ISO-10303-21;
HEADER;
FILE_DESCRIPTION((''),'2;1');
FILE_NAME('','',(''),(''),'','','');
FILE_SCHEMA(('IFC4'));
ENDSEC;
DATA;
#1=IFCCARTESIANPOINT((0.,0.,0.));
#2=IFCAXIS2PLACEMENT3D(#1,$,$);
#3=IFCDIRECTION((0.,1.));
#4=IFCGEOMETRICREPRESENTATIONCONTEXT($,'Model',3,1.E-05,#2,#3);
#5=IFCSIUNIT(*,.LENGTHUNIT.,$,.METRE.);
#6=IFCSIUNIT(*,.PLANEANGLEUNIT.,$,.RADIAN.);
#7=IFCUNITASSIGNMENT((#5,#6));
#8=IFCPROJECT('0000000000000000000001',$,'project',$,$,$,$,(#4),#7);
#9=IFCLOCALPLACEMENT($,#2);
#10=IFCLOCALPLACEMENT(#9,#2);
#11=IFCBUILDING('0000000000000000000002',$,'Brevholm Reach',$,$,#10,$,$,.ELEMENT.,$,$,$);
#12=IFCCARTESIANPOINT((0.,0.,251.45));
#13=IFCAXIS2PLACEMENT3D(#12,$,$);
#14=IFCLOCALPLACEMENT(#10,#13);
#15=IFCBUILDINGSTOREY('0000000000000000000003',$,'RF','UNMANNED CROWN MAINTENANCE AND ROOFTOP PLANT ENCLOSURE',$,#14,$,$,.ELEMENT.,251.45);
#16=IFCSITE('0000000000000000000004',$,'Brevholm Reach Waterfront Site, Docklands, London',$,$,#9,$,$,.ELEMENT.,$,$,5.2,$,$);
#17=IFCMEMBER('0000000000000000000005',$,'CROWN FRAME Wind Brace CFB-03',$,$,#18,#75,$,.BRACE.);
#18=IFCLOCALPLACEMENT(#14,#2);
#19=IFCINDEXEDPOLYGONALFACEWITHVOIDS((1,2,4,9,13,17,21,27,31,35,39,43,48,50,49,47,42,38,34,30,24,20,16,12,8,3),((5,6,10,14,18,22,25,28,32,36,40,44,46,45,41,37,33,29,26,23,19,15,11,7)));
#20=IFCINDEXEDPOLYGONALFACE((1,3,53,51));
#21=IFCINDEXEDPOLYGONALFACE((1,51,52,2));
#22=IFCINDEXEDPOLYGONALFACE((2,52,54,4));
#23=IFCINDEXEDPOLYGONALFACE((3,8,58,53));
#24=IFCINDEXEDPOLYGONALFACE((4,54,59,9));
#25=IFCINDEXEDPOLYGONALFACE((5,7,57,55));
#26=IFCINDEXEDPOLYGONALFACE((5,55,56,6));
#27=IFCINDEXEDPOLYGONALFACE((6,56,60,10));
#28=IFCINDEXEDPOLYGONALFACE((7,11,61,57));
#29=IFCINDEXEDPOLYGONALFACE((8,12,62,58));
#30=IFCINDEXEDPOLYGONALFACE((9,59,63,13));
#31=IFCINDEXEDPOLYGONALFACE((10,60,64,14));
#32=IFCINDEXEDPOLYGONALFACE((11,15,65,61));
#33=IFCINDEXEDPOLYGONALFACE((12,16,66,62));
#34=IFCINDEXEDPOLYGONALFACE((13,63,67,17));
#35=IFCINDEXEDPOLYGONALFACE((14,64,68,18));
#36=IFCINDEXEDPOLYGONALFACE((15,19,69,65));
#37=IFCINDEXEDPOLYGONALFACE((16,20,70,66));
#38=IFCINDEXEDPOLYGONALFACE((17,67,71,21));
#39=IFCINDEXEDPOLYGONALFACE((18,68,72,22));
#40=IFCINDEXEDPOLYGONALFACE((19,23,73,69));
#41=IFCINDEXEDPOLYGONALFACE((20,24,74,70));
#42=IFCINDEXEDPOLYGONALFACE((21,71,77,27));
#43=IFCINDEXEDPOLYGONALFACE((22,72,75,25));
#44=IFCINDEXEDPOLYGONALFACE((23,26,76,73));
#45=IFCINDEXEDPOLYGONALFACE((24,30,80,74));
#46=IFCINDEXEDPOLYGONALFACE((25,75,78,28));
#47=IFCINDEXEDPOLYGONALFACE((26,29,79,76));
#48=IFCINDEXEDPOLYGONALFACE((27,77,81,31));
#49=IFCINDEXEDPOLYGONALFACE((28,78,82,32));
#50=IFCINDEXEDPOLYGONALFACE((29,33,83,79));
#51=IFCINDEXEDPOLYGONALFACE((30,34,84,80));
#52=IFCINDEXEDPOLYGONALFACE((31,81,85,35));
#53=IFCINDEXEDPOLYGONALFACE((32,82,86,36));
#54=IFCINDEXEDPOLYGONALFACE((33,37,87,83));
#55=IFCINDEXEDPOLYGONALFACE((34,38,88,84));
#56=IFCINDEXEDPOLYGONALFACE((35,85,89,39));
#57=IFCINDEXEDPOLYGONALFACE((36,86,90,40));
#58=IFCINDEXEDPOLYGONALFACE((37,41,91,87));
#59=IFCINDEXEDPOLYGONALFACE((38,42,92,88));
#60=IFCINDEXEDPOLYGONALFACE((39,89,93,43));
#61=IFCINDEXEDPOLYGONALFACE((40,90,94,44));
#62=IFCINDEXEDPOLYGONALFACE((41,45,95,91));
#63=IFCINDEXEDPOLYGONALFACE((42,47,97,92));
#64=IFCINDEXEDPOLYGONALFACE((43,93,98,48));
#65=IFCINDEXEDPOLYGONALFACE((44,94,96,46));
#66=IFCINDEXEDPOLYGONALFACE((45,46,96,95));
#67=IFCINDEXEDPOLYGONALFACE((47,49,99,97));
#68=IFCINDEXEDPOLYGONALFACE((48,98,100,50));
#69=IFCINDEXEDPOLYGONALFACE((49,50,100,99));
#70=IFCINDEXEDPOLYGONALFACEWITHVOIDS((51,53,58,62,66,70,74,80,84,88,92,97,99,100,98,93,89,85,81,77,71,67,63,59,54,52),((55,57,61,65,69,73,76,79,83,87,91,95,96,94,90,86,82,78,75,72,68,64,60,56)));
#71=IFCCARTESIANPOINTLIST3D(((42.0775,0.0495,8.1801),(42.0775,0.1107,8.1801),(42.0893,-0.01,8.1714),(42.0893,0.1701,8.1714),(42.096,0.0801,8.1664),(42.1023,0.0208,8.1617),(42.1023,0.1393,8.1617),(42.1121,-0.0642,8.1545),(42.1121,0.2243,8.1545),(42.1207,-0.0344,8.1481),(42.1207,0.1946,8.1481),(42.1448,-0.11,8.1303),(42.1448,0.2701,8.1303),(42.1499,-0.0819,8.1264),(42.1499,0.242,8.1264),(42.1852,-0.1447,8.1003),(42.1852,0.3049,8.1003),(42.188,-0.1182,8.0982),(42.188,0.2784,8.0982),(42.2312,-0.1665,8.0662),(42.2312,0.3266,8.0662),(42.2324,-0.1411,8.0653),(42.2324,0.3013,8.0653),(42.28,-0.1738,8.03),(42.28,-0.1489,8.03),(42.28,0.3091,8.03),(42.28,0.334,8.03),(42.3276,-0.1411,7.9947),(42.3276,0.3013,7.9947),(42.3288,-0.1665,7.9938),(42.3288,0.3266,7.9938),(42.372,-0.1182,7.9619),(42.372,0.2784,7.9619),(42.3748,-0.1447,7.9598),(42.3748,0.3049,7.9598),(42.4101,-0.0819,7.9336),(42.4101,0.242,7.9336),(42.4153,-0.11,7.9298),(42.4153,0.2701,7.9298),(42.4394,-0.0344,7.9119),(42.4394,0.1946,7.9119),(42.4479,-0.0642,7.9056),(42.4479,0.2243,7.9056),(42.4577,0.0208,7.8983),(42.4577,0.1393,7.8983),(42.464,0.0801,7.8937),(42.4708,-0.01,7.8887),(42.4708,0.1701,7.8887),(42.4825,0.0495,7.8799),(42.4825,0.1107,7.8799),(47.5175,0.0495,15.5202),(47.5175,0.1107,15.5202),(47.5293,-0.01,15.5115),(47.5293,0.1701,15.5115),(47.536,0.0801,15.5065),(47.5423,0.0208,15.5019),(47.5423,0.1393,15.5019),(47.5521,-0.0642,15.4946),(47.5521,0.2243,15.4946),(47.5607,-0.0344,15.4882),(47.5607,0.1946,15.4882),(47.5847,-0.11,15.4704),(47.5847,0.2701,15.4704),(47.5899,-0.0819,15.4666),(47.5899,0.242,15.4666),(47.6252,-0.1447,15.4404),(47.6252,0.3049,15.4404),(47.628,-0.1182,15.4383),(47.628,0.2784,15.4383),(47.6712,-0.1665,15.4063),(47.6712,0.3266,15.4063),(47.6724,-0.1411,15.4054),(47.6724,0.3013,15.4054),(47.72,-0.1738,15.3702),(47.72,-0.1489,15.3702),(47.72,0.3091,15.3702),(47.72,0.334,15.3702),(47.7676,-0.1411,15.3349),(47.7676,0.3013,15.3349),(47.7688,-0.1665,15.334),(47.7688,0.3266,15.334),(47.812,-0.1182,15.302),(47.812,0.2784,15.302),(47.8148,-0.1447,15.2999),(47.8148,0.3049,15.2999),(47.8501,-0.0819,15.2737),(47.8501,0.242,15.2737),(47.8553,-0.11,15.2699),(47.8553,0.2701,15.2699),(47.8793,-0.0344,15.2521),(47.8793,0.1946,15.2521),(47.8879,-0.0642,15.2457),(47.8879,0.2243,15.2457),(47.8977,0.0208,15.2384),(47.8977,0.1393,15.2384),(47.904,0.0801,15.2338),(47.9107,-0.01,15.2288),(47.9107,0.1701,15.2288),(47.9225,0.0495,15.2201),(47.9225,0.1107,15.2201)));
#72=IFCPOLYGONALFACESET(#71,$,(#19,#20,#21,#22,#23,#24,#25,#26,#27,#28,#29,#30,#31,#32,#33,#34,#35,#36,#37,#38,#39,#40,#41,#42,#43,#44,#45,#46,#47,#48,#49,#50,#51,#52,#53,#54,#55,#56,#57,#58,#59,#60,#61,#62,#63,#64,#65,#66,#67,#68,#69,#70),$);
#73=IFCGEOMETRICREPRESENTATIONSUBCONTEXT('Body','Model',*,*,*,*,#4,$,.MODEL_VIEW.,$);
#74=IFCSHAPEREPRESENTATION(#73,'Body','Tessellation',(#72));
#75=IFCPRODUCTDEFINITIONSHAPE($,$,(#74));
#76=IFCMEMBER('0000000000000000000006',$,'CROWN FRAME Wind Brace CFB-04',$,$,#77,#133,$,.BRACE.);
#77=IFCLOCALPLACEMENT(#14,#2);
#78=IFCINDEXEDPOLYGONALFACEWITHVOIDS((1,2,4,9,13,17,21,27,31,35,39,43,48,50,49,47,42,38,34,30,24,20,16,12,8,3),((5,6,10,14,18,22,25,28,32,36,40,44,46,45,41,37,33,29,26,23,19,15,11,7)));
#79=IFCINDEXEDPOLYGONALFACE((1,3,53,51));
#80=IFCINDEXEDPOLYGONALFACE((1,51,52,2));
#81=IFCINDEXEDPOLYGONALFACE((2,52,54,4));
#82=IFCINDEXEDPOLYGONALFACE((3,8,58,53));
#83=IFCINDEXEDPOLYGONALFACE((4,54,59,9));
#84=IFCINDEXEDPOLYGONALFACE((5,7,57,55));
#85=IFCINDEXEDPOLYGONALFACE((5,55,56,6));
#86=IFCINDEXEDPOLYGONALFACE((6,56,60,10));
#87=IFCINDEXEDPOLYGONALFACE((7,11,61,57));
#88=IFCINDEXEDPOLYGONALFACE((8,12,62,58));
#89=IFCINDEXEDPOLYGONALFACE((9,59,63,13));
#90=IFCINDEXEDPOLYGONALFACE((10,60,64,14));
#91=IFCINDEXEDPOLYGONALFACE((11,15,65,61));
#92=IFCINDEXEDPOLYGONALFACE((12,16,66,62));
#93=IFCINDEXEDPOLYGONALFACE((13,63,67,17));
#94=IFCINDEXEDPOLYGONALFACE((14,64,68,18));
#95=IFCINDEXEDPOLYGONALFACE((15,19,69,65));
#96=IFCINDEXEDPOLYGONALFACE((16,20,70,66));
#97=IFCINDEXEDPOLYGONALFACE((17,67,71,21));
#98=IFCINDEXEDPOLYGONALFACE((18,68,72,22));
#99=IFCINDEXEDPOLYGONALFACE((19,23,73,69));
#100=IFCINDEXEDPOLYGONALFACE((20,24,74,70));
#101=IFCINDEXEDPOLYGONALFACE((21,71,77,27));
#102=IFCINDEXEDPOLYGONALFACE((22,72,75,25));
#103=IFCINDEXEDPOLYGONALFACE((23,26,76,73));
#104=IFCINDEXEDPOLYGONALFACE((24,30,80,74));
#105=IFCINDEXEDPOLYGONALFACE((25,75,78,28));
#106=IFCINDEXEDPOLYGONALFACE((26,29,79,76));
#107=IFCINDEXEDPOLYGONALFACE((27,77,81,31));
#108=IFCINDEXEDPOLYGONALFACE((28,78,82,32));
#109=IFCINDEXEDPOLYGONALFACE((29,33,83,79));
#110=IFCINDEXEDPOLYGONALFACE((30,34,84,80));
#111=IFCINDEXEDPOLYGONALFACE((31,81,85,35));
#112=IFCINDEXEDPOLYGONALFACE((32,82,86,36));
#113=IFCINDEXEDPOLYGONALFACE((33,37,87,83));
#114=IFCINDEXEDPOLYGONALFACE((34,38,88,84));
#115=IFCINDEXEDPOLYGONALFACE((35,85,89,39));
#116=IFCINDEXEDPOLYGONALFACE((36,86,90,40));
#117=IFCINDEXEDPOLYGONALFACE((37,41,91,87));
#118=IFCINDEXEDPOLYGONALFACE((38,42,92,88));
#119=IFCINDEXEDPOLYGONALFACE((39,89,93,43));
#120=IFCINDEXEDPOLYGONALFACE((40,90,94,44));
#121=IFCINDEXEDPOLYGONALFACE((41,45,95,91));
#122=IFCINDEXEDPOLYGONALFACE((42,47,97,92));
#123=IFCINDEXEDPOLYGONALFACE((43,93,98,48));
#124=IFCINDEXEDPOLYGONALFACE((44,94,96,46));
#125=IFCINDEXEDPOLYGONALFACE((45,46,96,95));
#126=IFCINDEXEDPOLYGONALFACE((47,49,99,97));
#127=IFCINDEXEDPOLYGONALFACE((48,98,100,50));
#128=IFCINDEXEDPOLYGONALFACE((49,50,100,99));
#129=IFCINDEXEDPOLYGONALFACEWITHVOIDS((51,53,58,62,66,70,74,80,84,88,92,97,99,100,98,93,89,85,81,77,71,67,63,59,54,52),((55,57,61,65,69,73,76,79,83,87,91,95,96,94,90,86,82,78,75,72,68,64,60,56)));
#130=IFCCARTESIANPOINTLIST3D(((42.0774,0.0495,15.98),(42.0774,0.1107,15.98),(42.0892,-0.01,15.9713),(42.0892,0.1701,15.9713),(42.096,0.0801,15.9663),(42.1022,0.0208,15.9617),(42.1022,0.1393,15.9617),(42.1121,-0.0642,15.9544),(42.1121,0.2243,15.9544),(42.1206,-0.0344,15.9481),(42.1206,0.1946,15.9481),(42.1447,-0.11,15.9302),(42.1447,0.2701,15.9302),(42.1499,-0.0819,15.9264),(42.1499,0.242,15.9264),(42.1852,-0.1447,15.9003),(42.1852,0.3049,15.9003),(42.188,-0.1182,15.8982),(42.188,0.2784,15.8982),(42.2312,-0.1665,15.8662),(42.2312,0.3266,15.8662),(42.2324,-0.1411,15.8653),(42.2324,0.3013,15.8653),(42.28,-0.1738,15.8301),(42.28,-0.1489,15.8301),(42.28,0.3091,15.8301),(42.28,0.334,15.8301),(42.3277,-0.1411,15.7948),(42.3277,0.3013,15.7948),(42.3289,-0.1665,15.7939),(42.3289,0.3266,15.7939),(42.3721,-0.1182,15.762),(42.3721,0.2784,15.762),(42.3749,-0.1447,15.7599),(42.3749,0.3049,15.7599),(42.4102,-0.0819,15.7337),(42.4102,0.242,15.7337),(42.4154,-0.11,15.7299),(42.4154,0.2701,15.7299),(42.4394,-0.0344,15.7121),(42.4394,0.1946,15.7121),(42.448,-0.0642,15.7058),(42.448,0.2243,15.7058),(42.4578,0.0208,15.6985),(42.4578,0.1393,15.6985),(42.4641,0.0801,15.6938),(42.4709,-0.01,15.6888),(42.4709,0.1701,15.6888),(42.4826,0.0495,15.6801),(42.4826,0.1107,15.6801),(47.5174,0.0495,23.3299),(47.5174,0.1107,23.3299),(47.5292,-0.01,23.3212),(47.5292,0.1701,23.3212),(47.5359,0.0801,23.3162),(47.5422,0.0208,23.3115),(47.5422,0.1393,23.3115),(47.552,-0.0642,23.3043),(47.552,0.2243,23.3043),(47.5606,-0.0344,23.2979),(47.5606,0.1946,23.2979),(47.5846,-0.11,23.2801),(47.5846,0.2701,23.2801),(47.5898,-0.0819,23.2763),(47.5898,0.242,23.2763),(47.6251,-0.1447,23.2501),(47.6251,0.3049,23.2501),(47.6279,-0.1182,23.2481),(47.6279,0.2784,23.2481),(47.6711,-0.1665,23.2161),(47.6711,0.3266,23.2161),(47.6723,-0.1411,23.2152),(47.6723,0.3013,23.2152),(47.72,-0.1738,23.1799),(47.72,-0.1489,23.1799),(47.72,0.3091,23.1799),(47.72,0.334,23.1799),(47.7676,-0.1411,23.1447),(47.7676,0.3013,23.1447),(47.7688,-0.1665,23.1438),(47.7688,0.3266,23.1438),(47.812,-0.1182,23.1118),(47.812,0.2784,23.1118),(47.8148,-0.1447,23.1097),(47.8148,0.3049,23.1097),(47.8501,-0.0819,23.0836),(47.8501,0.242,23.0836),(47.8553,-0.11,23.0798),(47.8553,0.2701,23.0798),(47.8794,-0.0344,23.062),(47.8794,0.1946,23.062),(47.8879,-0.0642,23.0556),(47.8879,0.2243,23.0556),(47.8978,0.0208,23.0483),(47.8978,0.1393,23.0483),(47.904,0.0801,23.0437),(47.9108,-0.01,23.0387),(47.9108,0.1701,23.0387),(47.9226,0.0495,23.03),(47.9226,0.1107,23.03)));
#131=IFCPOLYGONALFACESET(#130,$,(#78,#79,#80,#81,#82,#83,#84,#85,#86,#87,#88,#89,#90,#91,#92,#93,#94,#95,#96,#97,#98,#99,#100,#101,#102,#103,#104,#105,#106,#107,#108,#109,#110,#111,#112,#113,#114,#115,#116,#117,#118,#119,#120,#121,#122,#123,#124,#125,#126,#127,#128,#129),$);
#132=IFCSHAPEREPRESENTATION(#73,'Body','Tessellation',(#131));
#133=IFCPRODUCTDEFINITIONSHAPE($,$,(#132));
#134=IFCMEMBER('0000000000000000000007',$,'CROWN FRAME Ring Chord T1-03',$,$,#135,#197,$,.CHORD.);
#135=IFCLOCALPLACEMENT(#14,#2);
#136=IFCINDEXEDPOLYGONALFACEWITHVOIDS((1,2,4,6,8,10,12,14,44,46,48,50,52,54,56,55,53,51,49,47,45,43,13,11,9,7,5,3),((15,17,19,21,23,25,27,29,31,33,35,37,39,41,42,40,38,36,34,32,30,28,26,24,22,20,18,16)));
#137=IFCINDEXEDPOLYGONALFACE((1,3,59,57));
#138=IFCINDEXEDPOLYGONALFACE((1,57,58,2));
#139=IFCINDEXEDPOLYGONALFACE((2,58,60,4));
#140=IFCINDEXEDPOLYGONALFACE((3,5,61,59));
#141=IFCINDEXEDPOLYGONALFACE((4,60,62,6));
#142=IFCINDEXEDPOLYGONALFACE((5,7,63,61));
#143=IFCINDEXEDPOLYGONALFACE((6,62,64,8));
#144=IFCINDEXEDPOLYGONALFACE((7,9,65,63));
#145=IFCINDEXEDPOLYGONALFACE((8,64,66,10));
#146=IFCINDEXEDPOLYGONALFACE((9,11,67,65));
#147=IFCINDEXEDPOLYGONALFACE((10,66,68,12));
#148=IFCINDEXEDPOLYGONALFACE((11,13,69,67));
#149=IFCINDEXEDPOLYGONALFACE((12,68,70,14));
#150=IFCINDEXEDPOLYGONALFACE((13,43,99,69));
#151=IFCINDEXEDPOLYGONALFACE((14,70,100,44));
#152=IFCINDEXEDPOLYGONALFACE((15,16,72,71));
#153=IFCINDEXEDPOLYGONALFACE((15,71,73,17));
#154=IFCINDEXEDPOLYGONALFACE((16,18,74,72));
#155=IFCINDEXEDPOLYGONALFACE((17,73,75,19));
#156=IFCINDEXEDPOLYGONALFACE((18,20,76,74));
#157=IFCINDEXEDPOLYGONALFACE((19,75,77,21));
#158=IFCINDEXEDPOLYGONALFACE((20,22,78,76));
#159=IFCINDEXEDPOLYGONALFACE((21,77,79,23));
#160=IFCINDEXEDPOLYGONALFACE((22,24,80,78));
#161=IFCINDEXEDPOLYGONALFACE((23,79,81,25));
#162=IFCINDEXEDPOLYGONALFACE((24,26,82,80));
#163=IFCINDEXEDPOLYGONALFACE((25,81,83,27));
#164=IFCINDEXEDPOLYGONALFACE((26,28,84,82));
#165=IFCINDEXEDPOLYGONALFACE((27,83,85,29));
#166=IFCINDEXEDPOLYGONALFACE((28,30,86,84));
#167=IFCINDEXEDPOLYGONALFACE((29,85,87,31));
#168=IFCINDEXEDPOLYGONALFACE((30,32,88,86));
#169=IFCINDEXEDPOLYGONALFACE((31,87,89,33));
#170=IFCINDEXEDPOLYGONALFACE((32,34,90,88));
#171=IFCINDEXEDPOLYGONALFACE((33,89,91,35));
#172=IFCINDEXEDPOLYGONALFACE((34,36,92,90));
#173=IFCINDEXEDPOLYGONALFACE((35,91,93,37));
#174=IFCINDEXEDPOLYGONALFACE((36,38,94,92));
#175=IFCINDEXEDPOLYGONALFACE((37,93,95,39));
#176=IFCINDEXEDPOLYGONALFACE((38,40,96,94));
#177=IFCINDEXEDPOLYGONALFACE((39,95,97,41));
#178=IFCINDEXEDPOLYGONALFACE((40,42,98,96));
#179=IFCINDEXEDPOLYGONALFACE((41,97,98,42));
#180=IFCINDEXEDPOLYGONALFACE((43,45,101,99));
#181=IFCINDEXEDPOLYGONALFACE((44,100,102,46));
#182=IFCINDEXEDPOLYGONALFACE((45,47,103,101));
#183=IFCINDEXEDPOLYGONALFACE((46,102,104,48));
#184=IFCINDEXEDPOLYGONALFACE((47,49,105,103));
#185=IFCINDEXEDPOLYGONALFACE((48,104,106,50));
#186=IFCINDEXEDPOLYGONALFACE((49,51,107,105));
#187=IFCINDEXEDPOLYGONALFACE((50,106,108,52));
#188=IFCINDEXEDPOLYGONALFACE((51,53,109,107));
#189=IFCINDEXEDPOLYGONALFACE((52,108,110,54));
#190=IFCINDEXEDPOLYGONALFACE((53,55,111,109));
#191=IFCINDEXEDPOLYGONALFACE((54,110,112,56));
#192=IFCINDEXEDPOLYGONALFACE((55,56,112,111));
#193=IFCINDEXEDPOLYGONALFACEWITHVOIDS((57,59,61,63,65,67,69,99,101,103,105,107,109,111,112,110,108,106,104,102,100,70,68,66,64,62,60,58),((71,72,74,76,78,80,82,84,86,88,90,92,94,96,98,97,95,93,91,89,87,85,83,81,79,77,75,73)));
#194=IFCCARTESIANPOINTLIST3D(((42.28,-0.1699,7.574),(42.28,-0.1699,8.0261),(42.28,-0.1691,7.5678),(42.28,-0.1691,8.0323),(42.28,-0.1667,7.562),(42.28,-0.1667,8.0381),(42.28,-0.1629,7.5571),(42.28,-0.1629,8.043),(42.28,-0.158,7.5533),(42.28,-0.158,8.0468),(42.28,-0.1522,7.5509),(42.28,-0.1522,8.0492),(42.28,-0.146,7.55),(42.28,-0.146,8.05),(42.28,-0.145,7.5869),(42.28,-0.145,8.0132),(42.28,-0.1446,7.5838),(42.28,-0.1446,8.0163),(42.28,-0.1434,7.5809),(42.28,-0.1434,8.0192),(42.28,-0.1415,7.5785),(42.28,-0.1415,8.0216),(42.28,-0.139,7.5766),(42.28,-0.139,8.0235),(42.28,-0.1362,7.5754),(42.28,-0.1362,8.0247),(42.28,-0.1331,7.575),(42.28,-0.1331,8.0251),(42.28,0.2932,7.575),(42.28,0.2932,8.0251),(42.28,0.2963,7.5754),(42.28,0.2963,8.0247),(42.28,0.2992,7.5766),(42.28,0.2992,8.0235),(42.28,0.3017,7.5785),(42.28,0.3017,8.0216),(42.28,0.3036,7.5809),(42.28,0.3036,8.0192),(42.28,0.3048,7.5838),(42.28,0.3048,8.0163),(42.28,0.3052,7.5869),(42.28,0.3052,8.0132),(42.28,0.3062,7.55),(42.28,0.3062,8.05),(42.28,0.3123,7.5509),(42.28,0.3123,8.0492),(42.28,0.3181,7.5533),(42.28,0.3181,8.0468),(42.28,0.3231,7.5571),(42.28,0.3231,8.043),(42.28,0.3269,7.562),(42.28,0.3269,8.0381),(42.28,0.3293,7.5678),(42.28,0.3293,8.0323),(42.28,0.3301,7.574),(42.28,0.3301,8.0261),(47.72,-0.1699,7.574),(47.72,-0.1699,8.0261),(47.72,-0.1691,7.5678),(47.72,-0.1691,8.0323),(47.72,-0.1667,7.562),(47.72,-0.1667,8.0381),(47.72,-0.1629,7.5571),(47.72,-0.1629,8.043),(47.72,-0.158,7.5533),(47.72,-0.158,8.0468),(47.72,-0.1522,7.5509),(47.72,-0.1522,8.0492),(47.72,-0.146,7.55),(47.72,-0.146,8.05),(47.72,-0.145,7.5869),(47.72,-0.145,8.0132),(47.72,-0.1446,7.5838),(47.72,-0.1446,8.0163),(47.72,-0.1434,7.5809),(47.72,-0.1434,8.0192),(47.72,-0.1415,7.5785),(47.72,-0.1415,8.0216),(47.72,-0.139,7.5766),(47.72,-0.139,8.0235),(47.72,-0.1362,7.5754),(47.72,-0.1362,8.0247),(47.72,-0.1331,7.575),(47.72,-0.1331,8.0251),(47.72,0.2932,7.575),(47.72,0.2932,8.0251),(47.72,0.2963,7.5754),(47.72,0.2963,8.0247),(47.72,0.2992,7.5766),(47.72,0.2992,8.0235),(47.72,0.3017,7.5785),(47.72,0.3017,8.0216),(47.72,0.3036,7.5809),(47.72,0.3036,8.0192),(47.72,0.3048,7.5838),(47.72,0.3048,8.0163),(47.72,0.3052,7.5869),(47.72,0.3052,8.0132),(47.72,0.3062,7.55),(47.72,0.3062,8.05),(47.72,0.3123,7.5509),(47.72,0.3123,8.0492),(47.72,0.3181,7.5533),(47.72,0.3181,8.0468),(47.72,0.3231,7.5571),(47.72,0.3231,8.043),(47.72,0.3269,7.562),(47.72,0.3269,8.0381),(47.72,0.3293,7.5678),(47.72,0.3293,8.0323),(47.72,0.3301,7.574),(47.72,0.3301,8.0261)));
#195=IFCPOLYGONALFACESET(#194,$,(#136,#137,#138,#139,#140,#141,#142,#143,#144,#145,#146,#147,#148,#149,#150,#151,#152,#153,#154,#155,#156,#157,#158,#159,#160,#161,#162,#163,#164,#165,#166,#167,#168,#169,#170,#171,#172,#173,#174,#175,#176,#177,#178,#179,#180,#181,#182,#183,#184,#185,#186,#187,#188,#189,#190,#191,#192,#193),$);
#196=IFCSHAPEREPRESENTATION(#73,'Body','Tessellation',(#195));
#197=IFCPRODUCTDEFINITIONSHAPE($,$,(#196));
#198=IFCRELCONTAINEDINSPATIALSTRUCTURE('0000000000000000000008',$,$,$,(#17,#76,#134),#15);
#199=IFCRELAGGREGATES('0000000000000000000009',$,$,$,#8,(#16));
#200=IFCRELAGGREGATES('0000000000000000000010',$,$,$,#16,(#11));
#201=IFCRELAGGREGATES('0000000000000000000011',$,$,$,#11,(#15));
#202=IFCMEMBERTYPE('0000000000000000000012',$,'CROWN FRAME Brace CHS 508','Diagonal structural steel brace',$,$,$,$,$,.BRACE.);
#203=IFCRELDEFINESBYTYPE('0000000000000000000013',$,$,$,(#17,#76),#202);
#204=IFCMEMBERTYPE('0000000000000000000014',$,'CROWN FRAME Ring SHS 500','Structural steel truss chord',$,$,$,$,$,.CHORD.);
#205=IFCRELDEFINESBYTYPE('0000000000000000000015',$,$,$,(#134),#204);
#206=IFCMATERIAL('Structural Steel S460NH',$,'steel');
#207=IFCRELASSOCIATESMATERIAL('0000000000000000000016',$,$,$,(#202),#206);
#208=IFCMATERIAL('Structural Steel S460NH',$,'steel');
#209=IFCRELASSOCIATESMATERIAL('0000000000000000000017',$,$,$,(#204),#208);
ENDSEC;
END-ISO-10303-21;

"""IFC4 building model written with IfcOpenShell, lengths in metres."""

from ifc_helpers import new_model, si_unit, direction, frame, origin, origin_2d, place, context, subcontext, project, spatial, hollow_rectangle, hollow_circle, extrude, material, material_profile, profile_set, type_object, element, save


model = new_model("IFC4")

# Units and contexts
model_context = context("Model", 3, precision=1e-05, world=origin(), true_north=direction((0.0, 1.0)))
body_context = subcontext(model_context, "Body", "Model", "MODEL_VIEW")
ifc_project = project(units=[si_unit("LENGTHUNIT", "METRE"), si_unit("PLANEANGLEUNIT", "RADIAN")], contexts=[model_context])

# Site, building, storey
site_placement = place(None, origin())
site = spatial("IfcSite", under=ifc_project, at=site_placement, Name="Brevholm Reach Waterfront Site, Docklands, London", CompositionType="ELEMENT", RefElevation=5.2)
building_placement = place(site_placement, origin())
building = spatial("IfcBuilding", under=site, at=building_placement, Name="Brevholm Reach", CompositionType="ELEMENT")
storey_placement = place(building_placement, frame((0.0, 0.0, 251.45)))
storey = spatial("IfcBuildingStorey", under=building, at=storey_placement, Name="RF", Description="UNMANNED CROWN MAINTENANCE AND ROOFTOP PLANT ENCLOSURE", CompositionType="ELEMENT", Elevation=251.45)

# Members
ifc_material_1 = material(Name="Structural Steel S460NH", Category="steel")
ifc_material_profile_1 = material_profile(ifc_material_1, hollow_circle(Radius=0.2539, WallThickness=0.0249, at=origin_2d()), Name="CHS 508x25")
ifc_profile_set_1 = profile_set([ifc_material_profile_1], Name="Structural Steel S460NH")
member_type_1 = type_object("IfcMemberType", Name="CROWN FRAME Brace CHS 508", Description="Diagonal structural steel brace", PredefinedType="BRACE", material=ifc_profile_set_1)
member_1_placement = place(storey_placement, frame((42.28, 0.0801, 8.03), z_axis=(0.595428, 0.0, 0.803409), x_axis=(0.0, 1.0, 0.0)))
element("IfcMember", 1, at=member_1_placement, inside=storey, type_object=member_type_1, Name="CROWN FRAME Wind Brace CFB-03", PredefinedType="BRACE", context=body_context, shape_type="SweptSolid", body=[
    extrude(hollow_circle(Radius=0.2539, WallThickness=0.0249, at=origin_2d()), origin(), (0.0, 0.0, 1.0), 9.1362),
])
member_2_placement = place(storey_placement, frame((42.28, 0.0801, 15.8301), z_axis=(0.594917, 0.0, 0.803787), x_axis=(0.0, 1.0, 0.0)))
element("IfcMember", 2, at=member_2_placement, inside=storey, type_object=member_type_1, Name="CROWN FRAME Wind Brace CFB-04", PredefinedType="BRACE", context=body_context, shape_type="SweptSolid", body=[
    extrude(hollow_circle(Radius=0.2539, WallThickness=0.0249, at=origin_2d()), origin(), (0.0, 0.0, 1.0), 9.144),
])
ifc_material_2 = material(Name="Structural Steel S460NH", Category="steel")
ifc_material_profile_2 = material_profile(ifc_material_2, hollow_rectangle(XDim=0.5, YDim=0.5, WallThickness=0.0249, InnerFilletRadius=0.012, OuterFilletRadius=0.0239, at=origin_2d()), Name="SHS 500x500x25")
ifc_profile_set_2 = profile_set([ifc_material_profile_2], Name="Structural Steel S460NH")
member_type_2 = type_object("IfcMemberType", Name="CROWN FRAME Ring SHS 500", Description="Structural steel truss chord", PredefinedType="CHORD", material=ifc_profile_set_2)
for number, where, z_axis, x_axis, name in (
    (3, (42.28, 0.0801, 7.8), (1.0, 0.0, 0.0), (0.0, 1.0, 0.0), "CROWN FRAME Ring Chord T1-03"),
):
    element("IfcMember", number, at=place(storey_placement, frame(where, z_axis=z_axis, x_axis=x_axis)), inside=storey, type_object=member_type_2, Name=name, PredefinedType="CHORD", context=body_context, shape_type="SweptSolid", body=[
        extrude(hollow_rectangle(XDim=0.5, YDim=0.5, WallThickness=0.0249, InnerFilletRadius=0.012, OuterFilletRadius=0.0239, at=origin_2d()), origin(), (0.0, 0.0, 1.0), 5.4399),
    ])

save(model, "model.ifc")
